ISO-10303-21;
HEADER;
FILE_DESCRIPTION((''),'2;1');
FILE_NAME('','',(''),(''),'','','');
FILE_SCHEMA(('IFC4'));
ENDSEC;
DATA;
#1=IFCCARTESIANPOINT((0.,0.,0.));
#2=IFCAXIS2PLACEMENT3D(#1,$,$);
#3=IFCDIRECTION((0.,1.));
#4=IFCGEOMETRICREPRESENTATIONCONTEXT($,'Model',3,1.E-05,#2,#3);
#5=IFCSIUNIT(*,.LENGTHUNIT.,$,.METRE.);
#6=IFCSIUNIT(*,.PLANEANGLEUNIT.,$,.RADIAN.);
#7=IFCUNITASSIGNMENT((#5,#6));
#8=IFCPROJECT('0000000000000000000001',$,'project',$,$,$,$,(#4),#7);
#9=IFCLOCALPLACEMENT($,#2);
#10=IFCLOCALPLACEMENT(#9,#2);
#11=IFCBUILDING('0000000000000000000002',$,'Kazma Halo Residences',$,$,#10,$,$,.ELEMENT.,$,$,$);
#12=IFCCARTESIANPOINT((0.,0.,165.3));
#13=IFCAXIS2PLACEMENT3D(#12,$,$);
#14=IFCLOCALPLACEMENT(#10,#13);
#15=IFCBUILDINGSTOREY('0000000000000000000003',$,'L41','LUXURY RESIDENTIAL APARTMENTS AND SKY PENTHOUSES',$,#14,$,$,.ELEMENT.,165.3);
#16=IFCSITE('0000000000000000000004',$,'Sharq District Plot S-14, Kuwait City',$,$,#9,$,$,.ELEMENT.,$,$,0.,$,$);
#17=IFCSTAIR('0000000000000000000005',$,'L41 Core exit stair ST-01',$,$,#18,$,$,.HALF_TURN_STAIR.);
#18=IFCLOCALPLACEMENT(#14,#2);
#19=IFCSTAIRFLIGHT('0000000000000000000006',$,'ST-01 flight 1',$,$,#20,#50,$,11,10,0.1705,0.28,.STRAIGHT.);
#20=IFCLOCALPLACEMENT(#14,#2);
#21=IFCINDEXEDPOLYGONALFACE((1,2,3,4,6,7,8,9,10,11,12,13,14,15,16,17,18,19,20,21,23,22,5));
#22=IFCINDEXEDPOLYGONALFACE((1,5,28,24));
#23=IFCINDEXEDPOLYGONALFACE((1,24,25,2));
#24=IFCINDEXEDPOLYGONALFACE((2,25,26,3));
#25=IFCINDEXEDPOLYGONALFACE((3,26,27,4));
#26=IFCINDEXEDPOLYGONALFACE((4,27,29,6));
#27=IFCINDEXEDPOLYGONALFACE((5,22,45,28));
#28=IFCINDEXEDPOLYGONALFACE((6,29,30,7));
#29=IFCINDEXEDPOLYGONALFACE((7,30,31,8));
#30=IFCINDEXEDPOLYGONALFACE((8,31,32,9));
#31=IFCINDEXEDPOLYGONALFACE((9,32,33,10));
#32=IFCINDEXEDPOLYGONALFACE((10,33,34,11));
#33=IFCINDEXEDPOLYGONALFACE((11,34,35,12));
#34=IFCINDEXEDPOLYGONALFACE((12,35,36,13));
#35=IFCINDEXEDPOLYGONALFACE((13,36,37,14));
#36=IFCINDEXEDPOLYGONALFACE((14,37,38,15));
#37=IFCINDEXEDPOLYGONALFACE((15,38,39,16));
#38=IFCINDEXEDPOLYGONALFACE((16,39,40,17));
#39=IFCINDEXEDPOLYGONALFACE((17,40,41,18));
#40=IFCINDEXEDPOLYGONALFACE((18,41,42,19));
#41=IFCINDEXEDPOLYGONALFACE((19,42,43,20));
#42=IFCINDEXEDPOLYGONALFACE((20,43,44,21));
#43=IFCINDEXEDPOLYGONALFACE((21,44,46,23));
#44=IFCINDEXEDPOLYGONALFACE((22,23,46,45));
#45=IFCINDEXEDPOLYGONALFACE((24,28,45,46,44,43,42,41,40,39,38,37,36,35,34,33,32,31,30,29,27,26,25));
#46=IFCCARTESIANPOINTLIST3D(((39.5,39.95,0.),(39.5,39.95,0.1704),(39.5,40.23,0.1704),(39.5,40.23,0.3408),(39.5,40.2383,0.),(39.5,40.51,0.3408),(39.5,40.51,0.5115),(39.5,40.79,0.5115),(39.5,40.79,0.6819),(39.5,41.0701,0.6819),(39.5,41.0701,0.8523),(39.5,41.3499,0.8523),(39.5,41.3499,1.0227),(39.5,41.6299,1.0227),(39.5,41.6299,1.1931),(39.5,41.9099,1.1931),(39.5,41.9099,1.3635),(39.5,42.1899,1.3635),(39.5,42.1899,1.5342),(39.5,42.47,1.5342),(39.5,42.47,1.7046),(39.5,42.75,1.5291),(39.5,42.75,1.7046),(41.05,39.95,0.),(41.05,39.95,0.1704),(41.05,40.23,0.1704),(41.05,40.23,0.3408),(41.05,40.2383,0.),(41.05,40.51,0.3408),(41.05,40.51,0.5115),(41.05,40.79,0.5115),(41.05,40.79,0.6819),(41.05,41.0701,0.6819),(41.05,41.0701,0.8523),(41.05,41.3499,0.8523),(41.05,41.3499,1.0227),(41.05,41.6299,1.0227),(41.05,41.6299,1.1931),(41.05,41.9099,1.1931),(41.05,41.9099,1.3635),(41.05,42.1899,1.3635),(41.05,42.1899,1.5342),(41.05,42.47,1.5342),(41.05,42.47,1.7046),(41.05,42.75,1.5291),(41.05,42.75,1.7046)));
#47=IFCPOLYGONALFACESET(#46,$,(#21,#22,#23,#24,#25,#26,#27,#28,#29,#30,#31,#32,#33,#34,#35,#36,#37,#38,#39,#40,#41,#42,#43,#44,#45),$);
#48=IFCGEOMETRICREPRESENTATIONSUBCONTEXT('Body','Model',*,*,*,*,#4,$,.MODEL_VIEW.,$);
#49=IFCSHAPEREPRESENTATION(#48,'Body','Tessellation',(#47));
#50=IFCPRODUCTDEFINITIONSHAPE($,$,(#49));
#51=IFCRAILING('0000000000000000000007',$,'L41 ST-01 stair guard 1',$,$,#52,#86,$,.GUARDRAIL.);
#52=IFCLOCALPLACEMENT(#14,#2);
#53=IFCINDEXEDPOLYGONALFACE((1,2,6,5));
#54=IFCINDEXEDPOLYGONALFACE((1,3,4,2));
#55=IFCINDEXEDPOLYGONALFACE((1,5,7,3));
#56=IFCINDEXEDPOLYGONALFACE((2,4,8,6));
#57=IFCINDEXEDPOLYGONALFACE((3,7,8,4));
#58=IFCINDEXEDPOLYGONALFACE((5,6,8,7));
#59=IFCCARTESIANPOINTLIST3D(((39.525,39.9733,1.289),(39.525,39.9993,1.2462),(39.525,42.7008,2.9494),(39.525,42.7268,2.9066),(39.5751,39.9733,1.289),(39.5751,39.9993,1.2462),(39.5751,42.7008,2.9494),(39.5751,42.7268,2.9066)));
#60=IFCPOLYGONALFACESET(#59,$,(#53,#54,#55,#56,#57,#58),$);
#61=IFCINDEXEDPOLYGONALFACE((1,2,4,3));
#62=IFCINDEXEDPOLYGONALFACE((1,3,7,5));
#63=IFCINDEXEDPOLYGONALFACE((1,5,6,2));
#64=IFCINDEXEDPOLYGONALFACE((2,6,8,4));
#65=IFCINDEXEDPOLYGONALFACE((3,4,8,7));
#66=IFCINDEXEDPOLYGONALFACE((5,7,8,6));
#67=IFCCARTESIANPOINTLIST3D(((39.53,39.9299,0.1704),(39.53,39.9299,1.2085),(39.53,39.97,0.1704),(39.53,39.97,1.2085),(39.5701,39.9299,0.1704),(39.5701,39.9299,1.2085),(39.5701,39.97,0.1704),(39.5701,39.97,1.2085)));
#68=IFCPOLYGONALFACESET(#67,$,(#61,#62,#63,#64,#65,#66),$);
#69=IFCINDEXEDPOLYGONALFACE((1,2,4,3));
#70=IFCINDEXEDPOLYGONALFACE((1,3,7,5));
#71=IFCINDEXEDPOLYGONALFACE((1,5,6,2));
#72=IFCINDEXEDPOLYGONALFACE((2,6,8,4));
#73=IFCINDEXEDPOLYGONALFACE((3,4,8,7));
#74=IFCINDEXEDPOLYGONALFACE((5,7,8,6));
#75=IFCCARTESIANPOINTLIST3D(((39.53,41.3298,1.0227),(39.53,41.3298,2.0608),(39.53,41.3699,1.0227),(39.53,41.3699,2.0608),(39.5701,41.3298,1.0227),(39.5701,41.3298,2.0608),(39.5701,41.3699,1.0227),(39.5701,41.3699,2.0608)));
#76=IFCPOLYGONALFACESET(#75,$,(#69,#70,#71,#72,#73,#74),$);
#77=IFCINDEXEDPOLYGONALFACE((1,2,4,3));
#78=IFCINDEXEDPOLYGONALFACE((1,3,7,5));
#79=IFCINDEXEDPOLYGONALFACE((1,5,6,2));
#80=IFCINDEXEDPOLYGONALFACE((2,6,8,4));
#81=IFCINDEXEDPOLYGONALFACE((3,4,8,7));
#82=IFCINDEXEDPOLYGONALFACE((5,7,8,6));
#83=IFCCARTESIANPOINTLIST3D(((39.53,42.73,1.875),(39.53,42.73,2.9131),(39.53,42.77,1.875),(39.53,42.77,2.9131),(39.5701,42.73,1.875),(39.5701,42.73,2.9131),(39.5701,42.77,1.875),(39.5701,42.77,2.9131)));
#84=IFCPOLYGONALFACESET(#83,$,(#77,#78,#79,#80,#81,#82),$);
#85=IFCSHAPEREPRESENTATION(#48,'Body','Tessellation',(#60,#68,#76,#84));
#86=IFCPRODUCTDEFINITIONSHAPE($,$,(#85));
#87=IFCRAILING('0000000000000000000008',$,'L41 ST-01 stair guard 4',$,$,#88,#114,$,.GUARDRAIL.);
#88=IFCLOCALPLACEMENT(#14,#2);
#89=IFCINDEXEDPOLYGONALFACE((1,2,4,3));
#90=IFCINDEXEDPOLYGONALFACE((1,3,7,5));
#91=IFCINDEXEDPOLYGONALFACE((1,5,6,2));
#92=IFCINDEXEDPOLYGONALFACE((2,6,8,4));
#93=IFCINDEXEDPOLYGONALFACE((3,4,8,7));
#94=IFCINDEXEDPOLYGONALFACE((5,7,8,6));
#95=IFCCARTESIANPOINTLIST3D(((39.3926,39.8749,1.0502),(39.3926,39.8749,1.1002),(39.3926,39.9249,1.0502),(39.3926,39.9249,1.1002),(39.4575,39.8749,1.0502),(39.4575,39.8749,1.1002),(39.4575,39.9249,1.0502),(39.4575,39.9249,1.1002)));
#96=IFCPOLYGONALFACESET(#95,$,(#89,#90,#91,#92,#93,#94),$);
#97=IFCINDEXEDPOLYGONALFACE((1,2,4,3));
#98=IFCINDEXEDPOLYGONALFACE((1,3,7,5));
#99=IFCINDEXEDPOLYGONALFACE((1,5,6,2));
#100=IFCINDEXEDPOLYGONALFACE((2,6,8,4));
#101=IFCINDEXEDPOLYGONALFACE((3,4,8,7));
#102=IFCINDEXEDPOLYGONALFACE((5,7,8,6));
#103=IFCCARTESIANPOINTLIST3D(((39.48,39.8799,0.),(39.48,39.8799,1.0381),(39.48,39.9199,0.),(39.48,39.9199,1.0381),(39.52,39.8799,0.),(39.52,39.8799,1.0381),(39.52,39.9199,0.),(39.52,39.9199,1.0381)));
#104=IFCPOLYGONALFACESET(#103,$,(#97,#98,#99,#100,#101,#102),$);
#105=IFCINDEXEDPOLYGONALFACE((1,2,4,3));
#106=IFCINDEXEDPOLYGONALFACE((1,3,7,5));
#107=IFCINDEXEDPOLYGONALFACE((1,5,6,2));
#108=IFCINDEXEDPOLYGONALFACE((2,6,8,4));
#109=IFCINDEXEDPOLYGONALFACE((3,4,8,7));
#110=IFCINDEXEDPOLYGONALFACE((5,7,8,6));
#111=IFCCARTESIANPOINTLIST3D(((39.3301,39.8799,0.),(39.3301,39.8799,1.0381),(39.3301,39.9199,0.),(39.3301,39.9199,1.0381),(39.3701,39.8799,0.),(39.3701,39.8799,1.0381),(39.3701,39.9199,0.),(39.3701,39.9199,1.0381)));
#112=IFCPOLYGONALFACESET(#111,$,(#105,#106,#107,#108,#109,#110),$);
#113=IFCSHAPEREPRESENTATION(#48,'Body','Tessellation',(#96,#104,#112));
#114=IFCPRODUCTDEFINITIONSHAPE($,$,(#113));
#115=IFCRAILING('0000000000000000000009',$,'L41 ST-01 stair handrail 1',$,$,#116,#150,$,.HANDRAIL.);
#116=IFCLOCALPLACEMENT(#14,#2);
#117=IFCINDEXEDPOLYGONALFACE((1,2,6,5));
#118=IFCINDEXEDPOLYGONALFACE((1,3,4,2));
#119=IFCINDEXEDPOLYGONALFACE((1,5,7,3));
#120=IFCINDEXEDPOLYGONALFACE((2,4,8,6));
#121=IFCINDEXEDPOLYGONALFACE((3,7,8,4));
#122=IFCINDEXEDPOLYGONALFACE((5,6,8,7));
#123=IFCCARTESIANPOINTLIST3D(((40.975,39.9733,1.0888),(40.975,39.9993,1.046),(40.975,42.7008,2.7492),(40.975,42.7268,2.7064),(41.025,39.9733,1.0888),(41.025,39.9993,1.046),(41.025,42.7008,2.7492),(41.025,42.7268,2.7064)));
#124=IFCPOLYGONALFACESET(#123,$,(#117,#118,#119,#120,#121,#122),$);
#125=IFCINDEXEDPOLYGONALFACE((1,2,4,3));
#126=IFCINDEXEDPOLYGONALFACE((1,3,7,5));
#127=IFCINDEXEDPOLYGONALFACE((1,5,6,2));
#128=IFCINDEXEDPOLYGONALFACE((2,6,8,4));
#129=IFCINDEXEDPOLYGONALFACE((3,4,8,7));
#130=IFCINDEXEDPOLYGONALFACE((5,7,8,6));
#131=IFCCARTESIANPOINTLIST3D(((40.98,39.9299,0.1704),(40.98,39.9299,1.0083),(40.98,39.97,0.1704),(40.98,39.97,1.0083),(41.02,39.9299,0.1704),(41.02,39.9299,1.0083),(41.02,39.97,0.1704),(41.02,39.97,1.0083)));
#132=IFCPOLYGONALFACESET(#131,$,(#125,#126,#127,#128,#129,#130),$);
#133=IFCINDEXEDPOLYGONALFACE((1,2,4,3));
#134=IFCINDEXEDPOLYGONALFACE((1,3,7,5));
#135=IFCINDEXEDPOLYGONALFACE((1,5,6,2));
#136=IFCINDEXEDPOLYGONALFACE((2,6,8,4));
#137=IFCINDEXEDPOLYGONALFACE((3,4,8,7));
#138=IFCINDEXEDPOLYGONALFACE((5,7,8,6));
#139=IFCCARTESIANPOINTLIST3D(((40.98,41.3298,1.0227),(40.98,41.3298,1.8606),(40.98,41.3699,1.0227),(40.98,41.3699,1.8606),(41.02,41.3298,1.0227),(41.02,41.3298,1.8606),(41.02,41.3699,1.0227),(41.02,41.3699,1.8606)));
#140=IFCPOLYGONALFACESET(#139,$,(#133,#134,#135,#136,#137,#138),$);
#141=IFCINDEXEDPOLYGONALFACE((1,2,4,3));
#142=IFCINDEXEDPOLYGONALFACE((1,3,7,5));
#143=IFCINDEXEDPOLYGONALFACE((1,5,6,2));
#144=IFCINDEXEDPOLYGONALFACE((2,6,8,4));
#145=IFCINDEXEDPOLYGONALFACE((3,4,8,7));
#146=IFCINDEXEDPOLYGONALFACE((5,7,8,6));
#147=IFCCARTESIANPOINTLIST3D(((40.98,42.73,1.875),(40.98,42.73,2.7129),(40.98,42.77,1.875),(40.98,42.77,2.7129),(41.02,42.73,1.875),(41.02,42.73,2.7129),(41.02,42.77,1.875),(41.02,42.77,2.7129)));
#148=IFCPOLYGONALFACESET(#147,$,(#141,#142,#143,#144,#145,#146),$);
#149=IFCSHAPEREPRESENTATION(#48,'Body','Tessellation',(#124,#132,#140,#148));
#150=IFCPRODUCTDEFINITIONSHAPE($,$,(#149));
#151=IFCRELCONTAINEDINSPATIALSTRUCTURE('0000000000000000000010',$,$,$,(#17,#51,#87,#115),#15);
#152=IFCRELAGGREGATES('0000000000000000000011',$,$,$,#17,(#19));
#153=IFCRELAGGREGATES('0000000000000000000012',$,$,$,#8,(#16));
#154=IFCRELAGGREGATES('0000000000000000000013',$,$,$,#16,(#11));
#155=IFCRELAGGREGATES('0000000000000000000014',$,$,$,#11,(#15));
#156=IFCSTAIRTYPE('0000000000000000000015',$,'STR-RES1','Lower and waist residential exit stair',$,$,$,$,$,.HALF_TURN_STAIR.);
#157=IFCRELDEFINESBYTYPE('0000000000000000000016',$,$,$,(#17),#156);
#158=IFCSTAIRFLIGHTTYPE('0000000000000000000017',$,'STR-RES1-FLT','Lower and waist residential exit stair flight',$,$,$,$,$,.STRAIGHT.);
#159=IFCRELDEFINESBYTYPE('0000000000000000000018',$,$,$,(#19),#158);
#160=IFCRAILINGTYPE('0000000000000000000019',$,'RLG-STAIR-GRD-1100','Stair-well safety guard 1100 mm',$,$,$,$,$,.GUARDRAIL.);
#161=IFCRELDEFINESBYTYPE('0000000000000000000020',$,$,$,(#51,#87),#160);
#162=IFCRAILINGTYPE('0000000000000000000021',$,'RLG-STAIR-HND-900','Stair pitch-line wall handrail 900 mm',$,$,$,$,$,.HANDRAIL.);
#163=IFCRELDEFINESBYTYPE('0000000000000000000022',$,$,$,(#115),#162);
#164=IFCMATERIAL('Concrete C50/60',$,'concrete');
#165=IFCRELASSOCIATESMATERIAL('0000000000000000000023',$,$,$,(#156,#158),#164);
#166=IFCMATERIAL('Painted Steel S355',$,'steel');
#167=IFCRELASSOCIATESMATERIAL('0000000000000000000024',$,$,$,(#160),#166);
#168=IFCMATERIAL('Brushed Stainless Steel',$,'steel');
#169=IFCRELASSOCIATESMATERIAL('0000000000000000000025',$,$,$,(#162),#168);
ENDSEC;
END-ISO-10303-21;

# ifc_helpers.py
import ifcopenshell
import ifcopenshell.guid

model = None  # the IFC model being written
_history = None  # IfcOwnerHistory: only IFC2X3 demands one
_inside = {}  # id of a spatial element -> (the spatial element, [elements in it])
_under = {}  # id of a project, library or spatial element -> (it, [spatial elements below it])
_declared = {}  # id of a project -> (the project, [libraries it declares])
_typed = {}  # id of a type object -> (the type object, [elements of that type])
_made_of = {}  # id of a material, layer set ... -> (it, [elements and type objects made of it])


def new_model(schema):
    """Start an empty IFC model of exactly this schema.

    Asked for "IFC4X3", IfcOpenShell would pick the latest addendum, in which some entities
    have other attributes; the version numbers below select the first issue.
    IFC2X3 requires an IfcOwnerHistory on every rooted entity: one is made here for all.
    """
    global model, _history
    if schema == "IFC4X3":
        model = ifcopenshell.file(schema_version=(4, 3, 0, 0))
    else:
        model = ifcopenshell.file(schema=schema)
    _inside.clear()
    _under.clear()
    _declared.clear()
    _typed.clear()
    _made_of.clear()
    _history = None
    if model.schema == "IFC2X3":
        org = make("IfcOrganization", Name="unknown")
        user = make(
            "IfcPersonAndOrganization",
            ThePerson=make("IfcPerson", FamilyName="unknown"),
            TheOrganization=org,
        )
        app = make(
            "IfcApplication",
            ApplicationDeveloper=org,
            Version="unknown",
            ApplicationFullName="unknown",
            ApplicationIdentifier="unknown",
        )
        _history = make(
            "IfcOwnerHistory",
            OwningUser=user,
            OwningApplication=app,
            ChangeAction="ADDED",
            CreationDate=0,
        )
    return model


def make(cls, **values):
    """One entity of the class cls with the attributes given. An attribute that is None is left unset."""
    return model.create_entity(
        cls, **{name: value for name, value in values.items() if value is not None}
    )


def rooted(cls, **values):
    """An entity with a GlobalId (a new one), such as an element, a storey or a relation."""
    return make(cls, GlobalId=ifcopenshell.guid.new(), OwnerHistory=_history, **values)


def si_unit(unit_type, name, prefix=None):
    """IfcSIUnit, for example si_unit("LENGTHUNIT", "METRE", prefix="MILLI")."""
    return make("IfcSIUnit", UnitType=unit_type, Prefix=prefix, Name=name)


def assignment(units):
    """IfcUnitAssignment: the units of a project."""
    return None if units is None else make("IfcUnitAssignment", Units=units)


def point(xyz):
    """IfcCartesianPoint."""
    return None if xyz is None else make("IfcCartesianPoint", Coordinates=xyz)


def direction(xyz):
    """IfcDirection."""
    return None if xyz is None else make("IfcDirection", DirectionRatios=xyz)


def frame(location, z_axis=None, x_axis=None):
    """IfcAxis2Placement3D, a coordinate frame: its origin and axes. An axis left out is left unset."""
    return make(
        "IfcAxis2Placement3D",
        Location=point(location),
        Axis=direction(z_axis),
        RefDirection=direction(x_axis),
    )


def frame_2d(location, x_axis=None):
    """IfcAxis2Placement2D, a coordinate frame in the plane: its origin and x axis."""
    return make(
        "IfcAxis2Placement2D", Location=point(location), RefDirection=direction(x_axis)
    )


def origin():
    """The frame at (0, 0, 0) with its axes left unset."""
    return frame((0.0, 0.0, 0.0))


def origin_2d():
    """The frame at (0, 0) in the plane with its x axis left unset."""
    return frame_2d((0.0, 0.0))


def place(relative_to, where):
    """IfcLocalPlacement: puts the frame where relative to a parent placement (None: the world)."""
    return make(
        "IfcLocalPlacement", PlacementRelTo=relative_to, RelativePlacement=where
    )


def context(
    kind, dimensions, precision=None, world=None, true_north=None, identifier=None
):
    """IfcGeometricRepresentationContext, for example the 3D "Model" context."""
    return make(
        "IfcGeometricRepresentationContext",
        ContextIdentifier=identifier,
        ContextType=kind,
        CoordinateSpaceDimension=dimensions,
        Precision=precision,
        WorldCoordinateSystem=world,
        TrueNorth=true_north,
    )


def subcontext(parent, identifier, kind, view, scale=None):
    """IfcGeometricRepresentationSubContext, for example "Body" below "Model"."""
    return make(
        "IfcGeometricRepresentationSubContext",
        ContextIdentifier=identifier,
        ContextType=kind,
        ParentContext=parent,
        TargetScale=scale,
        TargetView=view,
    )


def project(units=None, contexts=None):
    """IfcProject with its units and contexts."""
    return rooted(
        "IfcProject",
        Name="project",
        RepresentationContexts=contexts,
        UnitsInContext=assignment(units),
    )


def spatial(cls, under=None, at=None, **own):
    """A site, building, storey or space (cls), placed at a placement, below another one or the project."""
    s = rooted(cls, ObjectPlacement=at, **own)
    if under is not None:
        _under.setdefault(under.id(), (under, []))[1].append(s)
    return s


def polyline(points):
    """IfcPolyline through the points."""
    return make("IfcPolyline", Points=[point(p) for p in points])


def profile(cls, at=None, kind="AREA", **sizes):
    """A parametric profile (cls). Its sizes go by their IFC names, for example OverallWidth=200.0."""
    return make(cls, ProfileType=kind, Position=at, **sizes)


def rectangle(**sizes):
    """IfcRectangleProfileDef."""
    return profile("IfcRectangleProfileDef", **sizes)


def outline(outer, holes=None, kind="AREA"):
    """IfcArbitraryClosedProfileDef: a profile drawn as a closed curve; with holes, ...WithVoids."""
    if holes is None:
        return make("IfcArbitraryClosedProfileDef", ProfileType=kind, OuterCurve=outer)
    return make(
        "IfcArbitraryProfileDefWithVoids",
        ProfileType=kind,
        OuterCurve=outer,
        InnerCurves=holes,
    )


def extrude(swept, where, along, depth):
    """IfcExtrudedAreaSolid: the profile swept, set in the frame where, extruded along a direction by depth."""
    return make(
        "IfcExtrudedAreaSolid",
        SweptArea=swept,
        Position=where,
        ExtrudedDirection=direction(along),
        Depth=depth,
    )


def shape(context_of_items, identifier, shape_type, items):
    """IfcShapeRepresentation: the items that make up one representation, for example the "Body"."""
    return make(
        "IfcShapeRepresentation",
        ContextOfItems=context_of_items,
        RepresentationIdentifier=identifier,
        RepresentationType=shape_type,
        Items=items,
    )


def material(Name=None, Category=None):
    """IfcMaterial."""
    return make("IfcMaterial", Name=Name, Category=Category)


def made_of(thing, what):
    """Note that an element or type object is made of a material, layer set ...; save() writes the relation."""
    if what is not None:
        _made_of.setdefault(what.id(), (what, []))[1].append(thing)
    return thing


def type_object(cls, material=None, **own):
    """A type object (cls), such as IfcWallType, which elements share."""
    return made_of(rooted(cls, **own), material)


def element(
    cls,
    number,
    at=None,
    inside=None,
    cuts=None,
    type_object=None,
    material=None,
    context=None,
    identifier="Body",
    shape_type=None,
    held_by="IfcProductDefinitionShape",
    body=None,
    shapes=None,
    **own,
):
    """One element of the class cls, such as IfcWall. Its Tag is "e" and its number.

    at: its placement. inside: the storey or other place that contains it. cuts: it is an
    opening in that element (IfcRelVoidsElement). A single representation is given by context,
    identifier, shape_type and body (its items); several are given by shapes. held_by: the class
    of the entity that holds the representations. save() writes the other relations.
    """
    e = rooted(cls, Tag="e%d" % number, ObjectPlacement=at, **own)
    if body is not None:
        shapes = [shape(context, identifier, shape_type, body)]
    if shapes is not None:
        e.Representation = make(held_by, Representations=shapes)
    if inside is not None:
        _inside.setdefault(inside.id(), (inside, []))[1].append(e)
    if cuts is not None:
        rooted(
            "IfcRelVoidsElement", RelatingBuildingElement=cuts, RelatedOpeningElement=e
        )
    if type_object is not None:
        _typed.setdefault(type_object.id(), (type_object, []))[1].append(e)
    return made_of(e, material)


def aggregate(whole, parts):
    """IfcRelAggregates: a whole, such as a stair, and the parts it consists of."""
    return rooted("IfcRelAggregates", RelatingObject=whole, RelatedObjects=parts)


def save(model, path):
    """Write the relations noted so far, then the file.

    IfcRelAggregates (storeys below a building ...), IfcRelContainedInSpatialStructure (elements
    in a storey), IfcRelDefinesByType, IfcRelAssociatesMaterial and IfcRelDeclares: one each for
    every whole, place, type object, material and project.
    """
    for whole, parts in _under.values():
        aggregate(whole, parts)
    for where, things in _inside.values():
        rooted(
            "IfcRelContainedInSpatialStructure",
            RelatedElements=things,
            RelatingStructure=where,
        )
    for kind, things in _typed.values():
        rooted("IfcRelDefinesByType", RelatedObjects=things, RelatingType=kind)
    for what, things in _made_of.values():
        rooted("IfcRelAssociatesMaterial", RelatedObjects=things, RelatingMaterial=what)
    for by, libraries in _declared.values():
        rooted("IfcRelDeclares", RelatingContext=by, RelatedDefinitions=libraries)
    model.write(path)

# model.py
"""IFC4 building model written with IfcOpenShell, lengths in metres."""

from ifc_helpers import new_model, si_unit, direction, frame, origin, origin_2d, place, context, subcontext, project, spatial, polyline, rectangle, outline, extrude, material, type_object, element, aggregate, save


model = new_model("IFC4")

# Units and contexts
model_context = context("Model", 3, precision=1e-05, world=origin(), true_north=direction((0.0, 1.0)))
body_context = subcontext(model_context, "Body", "Model", "MODEL_VIEW")
ifc_project = project(units=[si_unit("LENGTHUNIT", "METRE"), si_unit("PLANEANGLEUNIT", "RADIAN")], contexts=[model_context])

# Site, building, storey
site_placement = place(None, origin())
site = spatial("IfcSite", under=ifc_project, at=site_placement, Name="Sharq District Plot S-14, Kuwait City", CompositionType="ELEMENT", RefElevation=0.0)
building_placement = place(site_placement, origin())
building = spatial("IfcBuilding", under=site, at=building_placement, Name="Kazma Halo Residences", CompositionType="ELEMENT")
storey_placement = place(building_placement, frame((0.0, 0.0, 165.3)))
storey = spatial("IfcBuildingStorey", under=building, at=storey_placement, Name="L41", Description="LUXURY RESIDENTIAL APARTMENTS AND SKY PENTHOUSES", CompositionType="ELEMENT", Elevation=165.3)

# Shared definitions
ifc_material_1 = material(Name="Concrete C50/60", Category="concrete")

# Stair, stair flight
stair_type = type_object("IfcStairType", Name="STR-RES1", Description="Lower and waist residential exit stair", PredefinedType="HALF_TURN_STAIR", material=ifc_material_1)
stair_placement = place(storey_placement, origin())
stair = element("IfcStair", 1, at=stair_placement, inside=storey, type_object=stair_type, Name="L41 Core exit stair ST-01", PredefinedType="HALF_TURN_STAIR")
stair_flight_type = type_object("IfcStairFlightType", Name="STR-RES1-FLT", Description="Lower and waist residential exit stair flight", PredefinedType="STRAIGHT", material=ifc_material_1)
stair_flight_placement = place(storey_placement, frame((40.2749, 39.95, 0.0), z_axis=(0.0, 0.0, 1.0), x_axis=(0.0, 1.0, 0.0)))
stair_flight = element("IfcStairFlight", 2, at=stair_flight_placement, type_object=stair_flight_type, Name="ST-01 flight 1", NumberOfRisers=11, NumberOfTreads=10, PredefinedType="STRAIGHT", RiserHeight=0.1705, TreadLength=0.28, context=body_context, shape_type="SweptSolid", body=[
    extrude(outline(polyline([(0.0, 0.0), (0.0, 0.1704), (0.28, 0.1704), (0.28, 0.3408), (0.5601, 0.3408), (0.5601, 0.5115), (0.8401, 0.5115), (0.8401, 0.6819), (1.1201, 0.6819), (1.1201, 0.8523), (1.3999, 0.8523), (1.3999, 1.0227), (1.6799, 1.0227), (1.6799, 1.1931), (1.96, 1.1931), (1.96, 1.3635), (2.24, 1.3635), (2.24, 1.5342), (2.52, 1.5342), (2.52, 1.7046), (2.8, 1.7046), (2.8, 1.875), (2.8, 1.5291), (0.2883, 0.0), (0.0, 0.0)])), frame((0.0, 0.7749, 0.0), z_axis=(0.0, -1.0, 0.0), x_axis=(1.0, 0.0, 0.0)), (0.0, 0.0, 1.0), 1.55),
])
aggregate(stair, [stair_flight])

# Railings
ifc_material_2 = material(Name="Painted Steel S355", Category="steel")
railing_type_1 = type_object("IfcRailingType", Name="RLG-STAIR-GRD-1100", Description="Stair-well safety guard 1100 mm", PredefinedType="GUARDRAIL", material=ifc_material_2)
railing_1_placement = place(storey_placement, frame((39.55, 39.95, 0.1704)))
element("IfcRailing", 3, at=railing_1_placement, inside=storey, type_object=railing_type_1, Name="L41 ST-01 stair guard 1", PredefinedType="GUARDRAIL", context=body_context, shape_type="SweptSolid", body=[
    extrude(rectangle(XDim=0.05, YDim=0.05, at=origin_2d()), frame((0.0, 0.0364, 1.0972), z_axis=(0.0, 0.85417, 0.519994), x_axis=(-1.0, 0.0, 0.0)), (0.0, 0.0, 1.0), 3.1931),
    extrude(rectangle(XDim=0.04, YDim=0.04, at=origin_2d()), origin(), (0.0, 0.0, 1.0), 1.0381),
    extrude(rectangle(XDim=0.04, YDim=0.04, at=origin_2d()), frame((0.0, 1.3999, 0.8523)), (0.0, 0.0, 1.0), 1.0381),
    extrude(rectangle(XDim=0.04, YDim=0.04, at=origin_2d()), frame((0.0, 2.8, 1.7046)), (0.0, 0.0, 1.0), 1.0381),
])
railing_2_placement = place(storey_placement, frame((39.5, 39.8999, 0.0)))
element("IfcRailing", 4, at=railing_2_placement, inside=storey, type_object=railing_type_1, Name="L41 ST-01 stair guard 4", PredefinedType="GUARDRAIL", context=body_context, shape_type="SweptSolid", body=[
    extrude(rectangle(XDim=0.05, YDim=0.05, at=origin_2d()), frame((-0.0425, 0.0, 1.0752), z_axis=(-1.0, 0.0, 0.0), x_axis=(0.0, -1.0, 0.0)), (0.0, 0.0, 1.0), 0.0649),
    extrude(rectangle(XDim=0.04, YDim=0.04, at=origin_2d()), origin(), (0.0, 0.0, 1.0), 1.0381),
    extrude(rectangle(XDim=0.04, YDim=0.04, at=origin_2d()), frame((-0.1499, 0.0, 0.0)), (0.0, 0.0, 1.0), 1.0381),
])
ifc_material_3 = material(Name="Brushed Stainless Steel", Category="steel")
railing_type_2 = type_object("IfcRailingType", Name="RLG-STAIR-HND-900", Description="Stair pitch-line wall handrail 900 mm", PredefinedType="HANDRAIL", material=ifc_material_3)
railing_3_placement = place(storey_placement, frame((41.0, 39.95, 0.1704)))
element("IfcRailing", 5, at=railing_3_placement, inside=storey, type_object=railing_type_2, Name="L41 ST-01 stair handrail 1", PredefinedType="HANDRAIL", context=body_context, shape_type="SweptSolid", body=[
    extrude(rectangle(XDim=0.05, YDim=0.05, at=origin_2d()), frame((0.0, 0.0364, 0.897), z_axis=(0.0, 0.85417, 0.519994), x_axis=(-1.0, 0.0, 0.0)), (0.0, 0.0, 1.0), 3.1931),
    extrude(rectangle(XDim=0.04, YDim=0.04, at=origin_2d()), origin(), (0.0, 0.0, 1.0), 0.8379),
    extrude(rectangle(XDim=0.04, YDim=0.04, at=origin_2d()), frame((0.0, 1.3999, 0.8523)), (0.0, 0.0, 1.0), 0.8379),
    extrude(rectangle(XDim=0.04, YDim=0.04, at=origin_2d()), frame((0.0, 2.8, 1.7046)), (0.0, 0.0, 1.0), 0.8379),
])

save(model, "model.ifc")
